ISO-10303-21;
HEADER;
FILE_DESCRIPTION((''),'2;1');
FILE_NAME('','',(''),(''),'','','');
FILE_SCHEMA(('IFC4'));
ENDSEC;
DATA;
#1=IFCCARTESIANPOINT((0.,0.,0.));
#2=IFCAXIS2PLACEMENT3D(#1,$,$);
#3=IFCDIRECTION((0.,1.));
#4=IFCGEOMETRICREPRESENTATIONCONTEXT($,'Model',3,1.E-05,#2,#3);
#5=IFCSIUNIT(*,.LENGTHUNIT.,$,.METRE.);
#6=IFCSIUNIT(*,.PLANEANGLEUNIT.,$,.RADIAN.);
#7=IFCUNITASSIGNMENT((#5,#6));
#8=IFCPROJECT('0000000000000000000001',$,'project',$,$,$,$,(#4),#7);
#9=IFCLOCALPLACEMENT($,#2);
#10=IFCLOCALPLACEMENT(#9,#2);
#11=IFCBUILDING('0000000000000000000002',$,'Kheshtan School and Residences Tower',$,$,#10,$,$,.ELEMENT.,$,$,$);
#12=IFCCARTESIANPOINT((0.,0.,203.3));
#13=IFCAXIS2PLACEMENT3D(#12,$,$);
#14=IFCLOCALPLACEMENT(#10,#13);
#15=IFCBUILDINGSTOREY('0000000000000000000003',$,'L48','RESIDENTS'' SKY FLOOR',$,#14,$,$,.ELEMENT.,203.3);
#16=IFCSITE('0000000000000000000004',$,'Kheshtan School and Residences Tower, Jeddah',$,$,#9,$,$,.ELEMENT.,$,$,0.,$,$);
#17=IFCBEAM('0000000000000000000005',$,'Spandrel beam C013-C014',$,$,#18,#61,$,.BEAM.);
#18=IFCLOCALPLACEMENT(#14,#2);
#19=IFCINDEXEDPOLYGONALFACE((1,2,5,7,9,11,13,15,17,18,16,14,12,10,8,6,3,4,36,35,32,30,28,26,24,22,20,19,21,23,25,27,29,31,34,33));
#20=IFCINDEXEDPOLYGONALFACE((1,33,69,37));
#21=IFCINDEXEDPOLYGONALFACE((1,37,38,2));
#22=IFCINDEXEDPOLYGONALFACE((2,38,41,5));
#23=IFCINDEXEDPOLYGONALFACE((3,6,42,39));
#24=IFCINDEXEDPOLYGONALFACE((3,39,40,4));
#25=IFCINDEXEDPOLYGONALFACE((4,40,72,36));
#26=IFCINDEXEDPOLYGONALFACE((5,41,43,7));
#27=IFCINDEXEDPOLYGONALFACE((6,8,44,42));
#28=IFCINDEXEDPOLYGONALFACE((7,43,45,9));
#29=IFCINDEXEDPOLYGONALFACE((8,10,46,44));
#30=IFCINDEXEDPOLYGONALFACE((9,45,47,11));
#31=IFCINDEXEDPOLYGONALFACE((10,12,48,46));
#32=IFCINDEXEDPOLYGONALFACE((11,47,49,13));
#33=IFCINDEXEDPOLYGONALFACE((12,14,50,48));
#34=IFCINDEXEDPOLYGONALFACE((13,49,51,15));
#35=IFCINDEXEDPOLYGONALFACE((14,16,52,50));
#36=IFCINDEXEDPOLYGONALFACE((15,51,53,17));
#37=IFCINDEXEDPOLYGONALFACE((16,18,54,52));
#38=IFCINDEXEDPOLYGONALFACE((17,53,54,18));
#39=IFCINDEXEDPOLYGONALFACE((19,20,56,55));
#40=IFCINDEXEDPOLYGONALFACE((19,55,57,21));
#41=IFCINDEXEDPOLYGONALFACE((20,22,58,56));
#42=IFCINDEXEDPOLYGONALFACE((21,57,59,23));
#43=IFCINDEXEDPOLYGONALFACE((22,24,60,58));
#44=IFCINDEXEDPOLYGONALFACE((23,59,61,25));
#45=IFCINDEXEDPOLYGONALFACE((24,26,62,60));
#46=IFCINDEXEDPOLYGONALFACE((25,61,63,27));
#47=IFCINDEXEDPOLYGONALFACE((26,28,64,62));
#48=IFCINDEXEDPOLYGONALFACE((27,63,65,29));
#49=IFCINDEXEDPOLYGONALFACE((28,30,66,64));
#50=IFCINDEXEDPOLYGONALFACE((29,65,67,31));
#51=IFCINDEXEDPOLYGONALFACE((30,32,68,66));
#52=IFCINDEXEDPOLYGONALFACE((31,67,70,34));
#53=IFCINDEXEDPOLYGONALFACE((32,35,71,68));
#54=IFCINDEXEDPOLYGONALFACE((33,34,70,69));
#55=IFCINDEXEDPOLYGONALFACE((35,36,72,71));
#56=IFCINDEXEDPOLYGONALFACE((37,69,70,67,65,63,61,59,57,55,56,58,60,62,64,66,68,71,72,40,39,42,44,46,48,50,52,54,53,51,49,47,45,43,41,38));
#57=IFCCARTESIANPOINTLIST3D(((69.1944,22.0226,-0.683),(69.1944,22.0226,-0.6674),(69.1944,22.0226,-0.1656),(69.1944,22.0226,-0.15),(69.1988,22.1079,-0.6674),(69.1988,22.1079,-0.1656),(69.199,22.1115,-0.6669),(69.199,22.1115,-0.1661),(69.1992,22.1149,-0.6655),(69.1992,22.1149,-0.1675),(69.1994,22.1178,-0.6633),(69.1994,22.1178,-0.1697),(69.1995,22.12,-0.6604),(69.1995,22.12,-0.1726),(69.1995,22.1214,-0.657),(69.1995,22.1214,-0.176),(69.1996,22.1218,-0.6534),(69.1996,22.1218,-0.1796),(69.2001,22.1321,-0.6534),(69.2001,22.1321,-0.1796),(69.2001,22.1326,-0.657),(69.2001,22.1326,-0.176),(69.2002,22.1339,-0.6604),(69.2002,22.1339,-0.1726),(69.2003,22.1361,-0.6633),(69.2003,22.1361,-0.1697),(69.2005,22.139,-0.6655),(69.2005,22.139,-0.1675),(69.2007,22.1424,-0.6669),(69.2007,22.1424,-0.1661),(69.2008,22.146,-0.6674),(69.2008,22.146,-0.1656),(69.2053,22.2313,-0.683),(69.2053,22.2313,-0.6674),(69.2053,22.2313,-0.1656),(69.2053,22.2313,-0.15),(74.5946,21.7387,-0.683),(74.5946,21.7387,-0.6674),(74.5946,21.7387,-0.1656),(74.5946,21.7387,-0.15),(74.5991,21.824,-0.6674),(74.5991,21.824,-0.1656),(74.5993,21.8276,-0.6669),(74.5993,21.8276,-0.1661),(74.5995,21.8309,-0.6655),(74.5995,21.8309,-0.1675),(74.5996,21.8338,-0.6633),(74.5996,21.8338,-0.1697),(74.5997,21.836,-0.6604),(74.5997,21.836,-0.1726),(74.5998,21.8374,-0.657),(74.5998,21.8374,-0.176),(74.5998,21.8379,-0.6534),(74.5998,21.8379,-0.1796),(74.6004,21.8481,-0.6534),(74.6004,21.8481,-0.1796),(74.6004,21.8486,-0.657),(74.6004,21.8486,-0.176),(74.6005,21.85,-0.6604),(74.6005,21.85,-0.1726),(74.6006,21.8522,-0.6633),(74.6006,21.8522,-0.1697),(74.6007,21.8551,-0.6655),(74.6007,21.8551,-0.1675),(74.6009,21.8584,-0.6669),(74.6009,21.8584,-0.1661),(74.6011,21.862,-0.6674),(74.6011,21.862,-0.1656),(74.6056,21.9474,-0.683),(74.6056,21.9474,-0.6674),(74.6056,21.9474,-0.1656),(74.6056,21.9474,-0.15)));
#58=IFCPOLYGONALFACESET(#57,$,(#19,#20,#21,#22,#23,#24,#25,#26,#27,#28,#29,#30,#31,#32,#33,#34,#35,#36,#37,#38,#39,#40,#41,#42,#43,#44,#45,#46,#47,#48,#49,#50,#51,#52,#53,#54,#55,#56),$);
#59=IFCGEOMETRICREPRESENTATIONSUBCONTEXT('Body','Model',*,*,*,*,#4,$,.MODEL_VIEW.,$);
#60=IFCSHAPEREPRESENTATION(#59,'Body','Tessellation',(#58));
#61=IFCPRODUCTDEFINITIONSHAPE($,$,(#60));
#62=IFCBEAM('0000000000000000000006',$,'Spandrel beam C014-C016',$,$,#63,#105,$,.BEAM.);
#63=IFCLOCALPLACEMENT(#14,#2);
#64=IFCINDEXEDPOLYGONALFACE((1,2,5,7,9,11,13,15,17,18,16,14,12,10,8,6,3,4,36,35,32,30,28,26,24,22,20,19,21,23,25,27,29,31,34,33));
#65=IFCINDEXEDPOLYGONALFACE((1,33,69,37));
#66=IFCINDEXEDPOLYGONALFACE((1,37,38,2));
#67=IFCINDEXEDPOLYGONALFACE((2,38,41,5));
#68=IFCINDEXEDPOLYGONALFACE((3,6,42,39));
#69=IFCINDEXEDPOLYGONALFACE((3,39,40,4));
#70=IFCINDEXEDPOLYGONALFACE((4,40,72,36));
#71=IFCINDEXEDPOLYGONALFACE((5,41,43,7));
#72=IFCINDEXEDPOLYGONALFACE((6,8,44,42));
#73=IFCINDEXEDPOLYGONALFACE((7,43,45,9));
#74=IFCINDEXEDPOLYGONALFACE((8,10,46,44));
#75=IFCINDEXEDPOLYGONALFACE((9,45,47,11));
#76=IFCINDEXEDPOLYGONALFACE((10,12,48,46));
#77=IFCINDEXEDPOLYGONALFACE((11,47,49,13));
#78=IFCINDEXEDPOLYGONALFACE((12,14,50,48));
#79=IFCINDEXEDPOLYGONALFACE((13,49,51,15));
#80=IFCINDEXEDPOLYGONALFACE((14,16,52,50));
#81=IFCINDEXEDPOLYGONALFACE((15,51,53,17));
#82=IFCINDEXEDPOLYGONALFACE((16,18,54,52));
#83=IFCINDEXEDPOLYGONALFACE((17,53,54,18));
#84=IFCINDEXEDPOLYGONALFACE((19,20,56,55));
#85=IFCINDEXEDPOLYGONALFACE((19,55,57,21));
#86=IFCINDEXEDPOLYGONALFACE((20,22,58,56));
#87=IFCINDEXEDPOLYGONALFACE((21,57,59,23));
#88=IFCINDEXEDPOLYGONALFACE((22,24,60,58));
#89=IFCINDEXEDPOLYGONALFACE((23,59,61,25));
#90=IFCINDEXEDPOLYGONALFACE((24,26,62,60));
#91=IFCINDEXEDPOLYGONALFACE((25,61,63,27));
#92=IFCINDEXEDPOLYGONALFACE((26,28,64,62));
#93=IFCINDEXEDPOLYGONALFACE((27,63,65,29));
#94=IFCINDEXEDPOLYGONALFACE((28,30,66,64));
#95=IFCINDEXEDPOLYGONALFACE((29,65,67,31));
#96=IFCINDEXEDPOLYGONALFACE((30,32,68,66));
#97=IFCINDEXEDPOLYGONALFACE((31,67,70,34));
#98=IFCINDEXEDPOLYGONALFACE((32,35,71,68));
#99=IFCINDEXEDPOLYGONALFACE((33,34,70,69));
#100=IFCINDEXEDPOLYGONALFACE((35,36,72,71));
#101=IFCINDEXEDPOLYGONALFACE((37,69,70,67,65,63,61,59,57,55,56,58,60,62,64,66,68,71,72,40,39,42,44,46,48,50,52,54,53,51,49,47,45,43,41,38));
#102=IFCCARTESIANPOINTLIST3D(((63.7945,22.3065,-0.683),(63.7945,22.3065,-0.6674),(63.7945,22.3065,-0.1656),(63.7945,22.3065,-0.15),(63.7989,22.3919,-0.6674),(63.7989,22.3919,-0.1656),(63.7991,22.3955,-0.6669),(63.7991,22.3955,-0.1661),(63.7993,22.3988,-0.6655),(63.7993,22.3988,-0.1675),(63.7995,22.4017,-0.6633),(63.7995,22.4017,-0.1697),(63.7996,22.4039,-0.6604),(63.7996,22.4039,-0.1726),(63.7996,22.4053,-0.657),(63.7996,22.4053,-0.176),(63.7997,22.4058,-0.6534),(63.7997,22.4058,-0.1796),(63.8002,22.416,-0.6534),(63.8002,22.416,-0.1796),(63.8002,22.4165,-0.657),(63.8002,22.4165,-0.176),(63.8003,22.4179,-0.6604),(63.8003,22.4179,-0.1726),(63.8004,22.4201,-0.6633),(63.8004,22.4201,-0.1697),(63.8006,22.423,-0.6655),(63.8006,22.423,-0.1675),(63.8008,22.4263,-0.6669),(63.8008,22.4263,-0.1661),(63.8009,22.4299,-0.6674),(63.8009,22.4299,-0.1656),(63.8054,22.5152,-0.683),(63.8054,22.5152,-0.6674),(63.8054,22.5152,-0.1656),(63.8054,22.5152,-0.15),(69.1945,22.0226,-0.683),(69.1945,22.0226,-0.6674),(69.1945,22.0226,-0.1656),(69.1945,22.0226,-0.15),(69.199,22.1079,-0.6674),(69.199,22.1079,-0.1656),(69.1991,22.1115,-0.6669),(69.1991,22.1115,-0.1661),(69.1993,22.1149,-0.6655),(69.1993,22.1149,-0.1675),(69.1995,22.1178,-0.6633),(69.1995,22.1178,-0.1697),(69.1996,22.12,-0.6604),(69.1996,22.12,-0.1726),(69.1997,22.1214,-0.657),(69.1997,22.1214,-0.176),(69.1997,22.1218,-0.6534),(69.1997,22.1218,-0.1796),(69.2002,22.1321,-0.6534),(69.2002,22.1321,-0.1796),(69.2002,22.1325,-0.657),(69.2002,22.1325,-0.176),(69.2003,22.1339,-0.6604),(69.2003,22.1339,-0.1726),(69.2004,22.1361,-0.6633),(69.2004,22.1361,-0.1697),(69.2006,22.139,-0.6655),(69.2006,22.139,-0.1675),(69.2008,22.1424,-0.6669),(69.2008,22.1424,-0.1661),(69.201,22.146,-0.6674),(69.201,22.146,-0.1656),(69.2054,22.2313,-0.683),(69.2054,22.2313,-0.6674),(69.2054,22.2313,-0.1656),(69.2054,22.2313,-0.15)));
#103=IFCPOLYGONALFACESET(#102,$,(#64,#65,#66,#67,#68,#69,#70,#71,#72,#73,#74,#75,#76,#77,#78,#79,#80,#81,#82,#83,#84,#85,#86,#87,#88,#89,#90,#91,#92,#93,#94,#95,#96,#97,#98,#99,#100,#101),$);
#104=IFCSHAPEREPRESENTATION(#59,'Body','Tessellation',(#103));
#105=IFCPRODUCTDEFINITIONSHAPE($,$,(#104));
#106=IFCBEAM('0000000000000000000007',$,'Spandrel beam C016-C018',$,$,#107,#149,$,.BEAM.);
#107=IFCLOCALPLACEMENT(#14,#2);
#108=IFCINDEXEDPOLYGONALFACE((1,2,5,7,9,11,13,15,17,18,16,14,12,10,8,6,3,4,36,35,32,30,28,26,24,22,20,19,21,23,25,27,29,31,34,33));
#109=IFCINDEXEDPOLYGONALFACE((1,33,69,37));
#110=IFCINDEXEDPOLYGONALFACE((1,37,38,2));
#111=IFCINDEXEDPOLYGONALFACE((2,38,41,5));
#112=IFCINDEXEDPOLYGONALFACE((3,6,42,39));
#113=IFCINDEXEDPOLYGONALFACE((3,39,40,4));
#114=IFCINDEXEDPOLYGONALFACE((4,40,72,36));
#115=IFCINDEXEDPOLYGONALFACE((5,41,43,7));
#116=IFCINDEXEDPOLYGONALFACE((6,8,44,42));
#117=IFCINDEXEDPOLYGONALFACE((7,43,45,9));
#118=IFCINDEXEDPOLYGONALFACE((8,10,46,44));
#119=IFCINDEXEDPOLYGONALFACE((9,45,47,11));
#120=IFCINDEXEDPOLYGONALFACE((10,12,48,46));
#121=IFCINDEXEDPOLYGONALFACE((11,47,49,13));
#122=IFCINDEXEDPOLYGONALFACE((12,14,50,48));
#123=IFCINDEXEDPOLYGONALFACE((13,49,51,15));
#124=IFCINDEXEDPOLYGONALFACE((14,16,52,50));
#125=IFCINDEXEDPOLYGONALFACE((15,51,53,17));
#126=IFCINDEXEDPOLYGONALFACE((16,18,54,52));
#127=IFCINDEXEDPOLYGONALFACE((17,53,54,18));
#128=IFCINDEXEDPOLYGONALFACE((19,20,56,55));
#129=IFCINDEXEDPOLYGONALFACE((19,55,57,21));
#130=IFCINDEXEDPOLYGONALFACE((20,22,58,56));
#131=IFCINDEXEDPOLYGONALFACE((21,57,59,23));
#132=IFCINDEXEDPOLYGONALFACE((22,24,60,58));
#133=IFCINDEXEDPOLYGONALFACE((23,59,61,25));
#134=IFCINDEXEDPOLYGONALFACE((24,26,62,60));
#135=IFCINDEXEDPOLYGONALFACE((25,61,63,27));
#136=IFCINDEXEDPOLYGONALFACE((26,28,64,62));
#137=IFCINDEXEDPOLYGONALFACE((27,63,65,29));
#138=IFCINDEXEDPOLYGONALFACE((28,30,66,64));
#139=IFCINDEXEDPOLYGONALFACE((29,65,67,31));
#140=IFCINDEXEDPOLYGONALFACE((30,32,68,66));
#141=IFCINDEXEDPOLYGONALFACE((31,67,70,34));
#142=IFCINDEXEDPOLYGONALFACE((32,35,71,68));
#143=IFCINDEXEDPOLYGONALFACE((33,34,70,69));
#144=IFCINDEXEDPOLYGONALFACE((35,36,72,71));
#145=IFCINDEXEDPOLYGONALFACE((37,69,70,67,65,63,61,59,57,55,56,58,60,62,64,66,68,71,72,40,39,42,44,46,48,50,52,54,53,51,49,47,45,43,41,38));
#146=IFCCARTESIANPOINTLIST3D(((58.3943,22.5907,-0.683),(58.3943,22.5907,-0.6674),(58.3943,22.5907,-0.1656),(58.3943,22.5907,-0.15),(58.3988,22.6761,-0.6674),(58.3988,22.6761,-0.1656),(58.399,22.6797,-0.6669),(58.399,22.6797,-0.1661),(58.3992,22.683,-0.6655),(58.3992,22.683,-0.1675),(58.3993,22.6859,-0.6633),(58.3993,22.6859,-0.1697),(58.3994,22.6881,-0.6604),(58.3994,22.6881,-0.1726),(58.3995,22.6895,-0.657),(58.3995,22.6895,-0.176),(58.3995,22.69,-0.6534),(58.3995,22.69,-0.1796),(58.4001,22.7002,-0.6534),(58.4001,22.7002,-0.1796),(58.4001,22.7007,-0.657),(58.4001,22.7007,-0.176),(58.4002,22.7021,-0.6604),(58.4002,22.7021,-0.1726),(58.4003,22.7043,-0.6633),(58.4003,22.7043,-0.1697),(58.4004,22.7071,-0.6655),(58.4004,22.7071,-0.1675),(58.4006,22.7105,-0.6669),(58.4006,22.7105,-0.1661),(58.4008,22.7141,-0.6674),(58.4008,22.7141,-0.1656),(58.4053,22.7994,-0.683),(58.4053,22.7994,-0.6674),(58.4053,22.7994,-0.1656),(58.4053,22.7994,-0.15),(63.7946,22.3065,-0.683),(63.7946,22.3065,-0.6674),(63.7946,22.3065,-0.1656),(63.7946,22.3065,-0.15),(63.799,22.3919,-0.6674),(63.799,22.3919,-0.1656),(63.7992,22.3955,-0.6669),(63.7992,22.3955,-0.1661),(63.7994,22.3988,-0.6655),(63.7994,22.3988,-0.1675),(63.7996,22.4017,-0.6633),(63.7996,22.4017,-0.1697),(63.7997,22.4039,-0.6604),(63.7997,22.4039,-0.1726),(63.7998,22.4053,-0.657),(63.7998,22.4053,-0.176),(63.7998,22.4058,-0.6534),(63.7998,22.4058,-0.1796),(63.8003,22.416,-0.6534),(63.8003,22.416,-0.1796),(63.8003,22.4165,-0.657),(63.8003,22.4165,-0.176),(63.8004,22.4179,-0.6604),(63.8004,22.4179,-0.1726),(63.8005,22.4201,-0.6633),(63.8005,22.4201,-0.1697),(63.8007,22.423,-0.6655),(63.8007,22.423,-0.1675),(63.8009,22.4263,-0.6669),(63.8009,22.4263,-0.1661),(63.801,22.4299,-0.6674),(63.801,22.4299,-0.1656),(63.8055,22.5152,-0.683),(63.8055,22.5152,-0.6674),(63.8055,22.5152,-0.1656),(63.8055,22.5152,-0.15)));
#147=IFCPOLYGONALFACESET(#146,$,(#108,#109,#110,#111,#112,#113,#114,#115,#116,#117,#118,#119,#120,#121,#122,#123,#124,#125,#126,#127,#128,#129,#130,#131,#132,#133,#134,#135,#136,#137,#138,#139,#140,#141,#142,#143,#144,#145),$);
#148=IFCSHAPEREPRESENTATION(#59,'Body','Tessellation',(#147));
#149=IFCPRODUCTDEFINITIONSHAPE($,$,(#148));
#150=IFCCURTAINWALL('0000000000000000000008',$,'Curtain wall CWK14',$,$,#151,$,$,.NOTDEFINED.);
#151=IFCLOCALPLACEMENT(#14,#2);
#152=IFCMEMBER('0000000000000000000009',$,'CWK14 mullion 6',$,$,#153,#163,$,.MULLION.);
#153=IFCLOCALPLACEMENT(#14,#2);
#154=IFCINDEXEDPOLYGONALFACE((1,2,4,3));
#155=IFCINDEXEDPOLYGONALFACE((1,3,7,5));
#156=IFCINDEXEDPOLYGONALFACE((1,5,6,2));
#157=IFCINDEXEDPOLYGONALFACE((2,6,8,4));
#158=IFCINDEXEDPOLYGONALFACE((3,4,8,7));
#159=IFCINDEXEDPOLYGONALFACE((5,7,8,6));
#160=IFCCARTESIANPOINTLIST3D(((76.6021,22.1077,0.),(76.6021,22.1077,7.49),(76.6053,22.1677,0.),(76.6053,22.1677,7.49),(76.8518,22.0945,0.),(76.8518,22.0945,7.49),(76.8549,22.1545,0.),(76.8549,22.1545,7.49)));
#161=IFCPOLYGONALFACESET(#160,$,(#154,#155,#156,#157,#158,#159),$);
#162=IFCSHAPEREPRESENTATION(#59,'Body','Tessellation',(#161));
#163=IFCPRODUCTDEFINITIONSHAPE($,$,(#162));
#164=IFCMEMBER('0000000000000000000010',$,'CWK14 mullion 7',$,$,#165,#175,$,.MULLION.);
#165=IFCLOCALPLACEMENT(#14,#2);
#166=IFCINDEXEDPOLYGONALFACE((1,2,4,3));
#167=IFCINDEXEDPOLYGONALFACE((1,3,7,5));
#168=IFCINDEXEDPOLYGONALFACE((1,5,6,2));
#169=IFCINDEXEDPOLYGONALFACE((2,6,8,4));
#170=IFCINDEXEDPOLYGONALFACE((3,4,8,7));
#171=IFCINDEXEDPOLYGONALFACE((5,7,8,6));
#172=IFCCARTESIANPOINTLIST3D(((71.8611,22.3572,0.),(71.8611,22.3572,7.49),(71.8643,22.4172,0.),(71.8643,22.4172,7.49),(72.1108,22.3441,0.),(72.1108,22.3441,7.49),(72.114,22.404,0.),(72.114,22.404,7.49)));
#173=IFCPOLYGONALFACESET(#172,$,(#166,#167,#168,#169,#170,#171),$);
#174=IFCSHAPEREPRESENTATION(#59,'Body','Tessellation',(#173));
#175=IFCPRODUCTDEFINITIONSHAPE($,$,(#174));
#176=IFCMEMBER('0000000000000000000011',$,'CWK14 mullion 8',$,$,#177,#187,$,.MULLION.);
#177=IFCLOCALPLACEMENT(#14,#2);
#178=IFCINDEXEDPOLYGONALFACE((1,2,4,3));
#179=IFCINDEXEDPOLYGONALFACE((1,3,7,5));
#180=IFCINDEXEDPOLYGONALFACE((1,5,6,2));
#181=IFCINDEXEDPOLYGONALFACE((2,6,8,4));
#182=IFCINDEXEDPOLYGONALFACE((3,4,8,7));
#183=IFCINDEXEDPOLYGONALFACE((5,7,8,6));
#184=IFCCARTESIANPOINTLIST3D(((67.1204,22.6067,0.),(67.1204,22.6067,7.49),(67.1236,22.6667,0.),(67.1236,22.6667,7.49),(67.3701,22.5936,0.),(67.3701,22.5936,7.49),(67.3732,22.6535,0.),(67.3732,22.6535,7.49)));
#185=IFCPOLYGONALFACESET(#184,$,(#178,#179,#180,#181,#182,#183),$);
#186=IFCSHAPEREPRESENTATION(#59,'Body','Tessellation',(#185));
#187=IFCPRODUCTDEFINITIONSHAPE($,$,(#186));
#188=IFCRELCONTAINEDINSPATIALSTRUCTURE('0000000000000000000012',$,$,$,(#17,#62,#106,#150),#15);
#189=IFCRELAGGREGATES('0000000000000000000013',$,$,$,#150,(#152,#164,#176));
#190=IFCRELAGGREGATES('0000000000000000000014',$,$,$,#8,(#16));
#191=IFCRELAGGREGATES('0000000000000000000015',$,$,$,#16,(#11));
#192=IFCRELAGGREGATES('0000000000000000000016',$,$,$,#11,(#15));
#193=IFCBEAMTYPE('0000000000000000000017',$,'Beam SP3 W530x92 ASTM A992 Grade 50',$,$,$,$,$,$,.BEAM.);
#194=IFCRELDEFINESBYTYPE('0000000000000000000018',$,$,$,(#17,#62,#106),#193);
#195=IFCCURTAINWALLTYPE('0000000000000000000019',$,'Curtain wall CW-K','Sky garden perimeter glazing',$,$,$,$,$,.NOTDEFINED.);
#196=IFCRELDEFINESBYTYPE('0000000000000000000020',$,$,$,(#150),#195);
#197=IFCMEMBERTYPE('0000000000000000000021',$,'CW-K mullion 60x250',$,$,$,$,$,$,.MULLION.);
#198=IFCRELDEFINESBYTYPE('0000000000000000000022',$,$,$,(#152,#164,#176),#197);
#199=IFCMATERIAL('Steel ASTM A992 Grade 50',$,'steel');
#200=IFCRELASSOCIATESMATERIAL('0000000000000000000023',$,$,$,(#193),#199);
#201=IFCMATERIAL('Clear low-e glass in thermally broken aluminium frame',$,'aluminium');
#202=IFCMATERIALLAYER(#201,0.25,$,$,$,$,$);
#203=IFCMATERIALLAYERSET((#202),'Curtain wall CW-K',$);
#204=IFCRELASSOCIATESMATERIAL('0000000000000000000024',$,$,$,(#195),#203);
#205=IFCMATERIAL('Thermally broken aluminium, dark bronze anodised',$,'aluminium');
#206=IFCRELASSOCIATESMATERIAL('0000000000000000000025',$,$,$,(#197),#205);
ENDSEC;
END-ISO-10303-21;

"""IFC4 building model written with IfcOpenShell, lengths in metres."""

from ifc_helpers import new_model, si_unit, direction, frame, origin, origin_2d, place, context, subcontext, project, spatial, rectangle, i_section, extrude, material, layer, layer_set, material_profile, profile_set, type_object, element, aggregate, save


model = new_model("IFC4")

# Units and contexts
model_context = context("Model", 3, precision=1e-05, world=origin(), true_north=direction((0.0, 1.0)))
body_context = subcontext(model_context, "Body", "Model", "MODEL_VIEW")
ifc_project = project(units=[si_unit("LENGTHUNIT", "METRE"), si_unit("PLANEANGLEUNIT", "RADIAN")], contexts=[model_context])

# Site, building, storey
site_placement = place(None, origin())
site = spatial("IfcSite", under=ifc_project, at=site_placement, Name="Kheshtan School and Residences Tower, Jeddah", CompositionType="ELEMENT", RefElevation=0.0)
building_placement = place(site_placement, origin())
building = spatial("IfcBuilding", under=site, at=building_placement, Name="Kheshtan School and Residences Tower", CompositionType="ELEMENT")
storey_placement = place(building_placement, frame((0.0, 0.0, 203.3)))
storey = spatial("IfcBuildingStorey", under=building, at=storey_placement, Name="L48", Description="RESIDENTS' SKY FLOOR", CompositionType="ELEMENT", Elevation=203.3)

# Shared definitions
ifc_material_1 = material(Name="Steel ASTM A992 Grade 50", Category="steel")

# Beams
ifc_material_profile_1 = material_profile(ifc_material_1, i_section(OverallWidth=0.209, OverallDepth=0.533, WebThickness=0.0103, FlangeThickness=0.0156, FilletRadius=0.0139, at=origin_2d()), Name="W530x92")
ifc_profile_set_1 = profile_set([ifc_material_profile_1], Name="Steel ASTM A992 Grade 50")
beam_type_1 = type_object("IfcBeamType", Name="Beam SP3 W530x92 ASTM A992 Grade 50", PredefinedType="BEAM", material=ifc_profile_set_1)
beam_1_placement = place(storey_placement, frame((74.6001, 21.843, -0.4165), z_axis=(-0.998621, 0.052507, 0.0), x_axis=(-0.052507, -0.998621, 0.0)))
element("IfcBeam", 1, at=beam_1_placement, inside=storey, type_object=beam_type_1, Name="Spandrel beam C013-C014", PredefinedType="BEAM", context=body_context, shape_type="SweptSolid", body=[
    extrude(i_section(OverallWidth=0.209, OverallDepth=0.533, WebThickness=0.0103, FlangeThickness=0.0156, FilletRadius=0.0139, at=origin_2d()), origin(), (0.0, 0.0, 1.0), 5.4077),
])
beam_2_placement = place(storey_placement, frame((69.2, 22.127, -0.4165), z_axis=(-0.99862, 0.052509, 0.0), x_axis=(-0.052509, -0.99862, 0.0)))
element("IfcBeam", 2, at=beam_2_placement, inside=storey, type_object=beam_type_1, Name="Spandrel beam C014-C016", PredefinedType="BEAM", context=body_context, shape_type="SweptSolid", body=[
    extrude(i_section(OverallWidth=0.209, OverallDepth=0.533, WebThickness=0.0103, FlangeThickness=0.0156, FilletRadius=0.0139, at=origin_2d()), origin(), (0.0, 0.0, 1.0), 5.4075),
])
beam_3_placement = place(storey_placement, frame((63.8, 22.4109, -0.4165), z_axis=(-0.998618, 0.052552, 0.0), x_axis=(-0.052552, -0.998618, 0.0)))
element("IfcBeam", 3, at=beam_3_placement, inside=storey, type_object=beam_type_1, Name="Spandrel beam C016-C018", PredefinedType="BEAM", context=body_context, shape_type="SweptSolid", body=[
    extrude(i_section(OverallWidth=0.209, OverallDepth=0.533, WebThickness=0.0103, FlangeThickness=0.0156, FilletRadius=0.0139, at=origin_2d()), origin(), (0.0, 0.0, 1.0), 5.4077),
])

# Curtain wall, members
ifc_material_2 = material(Name="Clear low-e glass in thermally broken aluminium frame", Category="aluminium")
ifc_layer_1 = layer(ifc_material_2, 0.25)
ifc_layer_set_1 = layer_set([ifc_layer_1], Name="Curtain wall CW-K")
curtain_wall_type = type_object("IfcCurtainWallType", Name="Curtain wall CW-K", Description="Sky garden perimeter glazing", PredefinedType="NOTDEFINED", material=ifc_layer_set_1)
curtain_wall_placement = place(storey_placement, origin())
curtain_wall = element("IfcCurtainWall", 4, at=curtain_wall_placement, inside=storey, type_object=curtain_wall_type, Name="Curtain wall CWK14", PredefinedType="NOTDEFINED")
ifc_material_3 = material(Name="Thermally broken aluminium, dark bronze anodised", Category="aluminium")
ifc_material_profile_2 = material_profile(ifc_material_3, rectangle(XDim=0.0601, YDim=0.25, at=origin_2d()), Name="CW-K mullion 60x250")
ifc_profile_set_2 = profile_set([ifc_material_profile_2], Name="Thermally broken aluminium, dark bronze anodised")
member_type = type_object("IfcMemberType", Name="CW-K mullion 60x250", PredefinedType="MULLION", material=ifc_profile_set_2)
member_1_placement = place(storey_placement, frame((76.7285, 22.1311, 0.0), z_axis=(0.0, 0.0, 1.0), x_axis=(-0.05257, -0.998617, 0.0)))
member_1 = element("IfcMember", 5, at=member_1_placement, type_object=member_type, Name="CWK14 mullion 6", PredefinedType="MULLION", context=body_context, shape_type="SweptSolid", body=[
    extrude(rectangle(XDim=0.0601, YDim=0.25, at=origin_2d()), origin(), (0.0, 0.0, 1.0), 7.49),
])
member_2_placement = place(storey_placement, frame((71.9875, 22.3806, 0.0), z_axis=(0.0, 0.0, 1.0), x_axis=(-0.05257, -0.998617, 0.0)))
member_2 = element("IfcMember", 6, at=member_2_placement, type_object=member_type, Name="CWK14 mullion 7", PredefinedType="MULLION", context=body_context, shape_type="SweptSolid", body=[
    extrude(rectangle(XDim=0.0601, YDim=0.25, at=origin_2d()), origin(), (0.0, 0.0, 1.0), 7.49),
])
member_3_placement = place(storey_placement, frame((67.2468, 22.6301, 0.0), z_axis=(0.0, 0.0, 1.0), x_axis=(-0.05257, -0.998617, 0.0)))
member_3 = element("IfcMember", 7, at=member_3_placement, type_object=member_type, Name="CWK14 mullion 8", PredefinedType="MULLION", context=body_context, shape_type="SweptSolid", body=[
    extrude(rectangle(XDim=0.0601, YDim=0.25, at=origin_2d()), origin(), (0.0, 0.0, 1.0), 7.49),
])
aggregate(curtain_wall, [member_1, member_2, member_3])

save(model, "model.ifc")
